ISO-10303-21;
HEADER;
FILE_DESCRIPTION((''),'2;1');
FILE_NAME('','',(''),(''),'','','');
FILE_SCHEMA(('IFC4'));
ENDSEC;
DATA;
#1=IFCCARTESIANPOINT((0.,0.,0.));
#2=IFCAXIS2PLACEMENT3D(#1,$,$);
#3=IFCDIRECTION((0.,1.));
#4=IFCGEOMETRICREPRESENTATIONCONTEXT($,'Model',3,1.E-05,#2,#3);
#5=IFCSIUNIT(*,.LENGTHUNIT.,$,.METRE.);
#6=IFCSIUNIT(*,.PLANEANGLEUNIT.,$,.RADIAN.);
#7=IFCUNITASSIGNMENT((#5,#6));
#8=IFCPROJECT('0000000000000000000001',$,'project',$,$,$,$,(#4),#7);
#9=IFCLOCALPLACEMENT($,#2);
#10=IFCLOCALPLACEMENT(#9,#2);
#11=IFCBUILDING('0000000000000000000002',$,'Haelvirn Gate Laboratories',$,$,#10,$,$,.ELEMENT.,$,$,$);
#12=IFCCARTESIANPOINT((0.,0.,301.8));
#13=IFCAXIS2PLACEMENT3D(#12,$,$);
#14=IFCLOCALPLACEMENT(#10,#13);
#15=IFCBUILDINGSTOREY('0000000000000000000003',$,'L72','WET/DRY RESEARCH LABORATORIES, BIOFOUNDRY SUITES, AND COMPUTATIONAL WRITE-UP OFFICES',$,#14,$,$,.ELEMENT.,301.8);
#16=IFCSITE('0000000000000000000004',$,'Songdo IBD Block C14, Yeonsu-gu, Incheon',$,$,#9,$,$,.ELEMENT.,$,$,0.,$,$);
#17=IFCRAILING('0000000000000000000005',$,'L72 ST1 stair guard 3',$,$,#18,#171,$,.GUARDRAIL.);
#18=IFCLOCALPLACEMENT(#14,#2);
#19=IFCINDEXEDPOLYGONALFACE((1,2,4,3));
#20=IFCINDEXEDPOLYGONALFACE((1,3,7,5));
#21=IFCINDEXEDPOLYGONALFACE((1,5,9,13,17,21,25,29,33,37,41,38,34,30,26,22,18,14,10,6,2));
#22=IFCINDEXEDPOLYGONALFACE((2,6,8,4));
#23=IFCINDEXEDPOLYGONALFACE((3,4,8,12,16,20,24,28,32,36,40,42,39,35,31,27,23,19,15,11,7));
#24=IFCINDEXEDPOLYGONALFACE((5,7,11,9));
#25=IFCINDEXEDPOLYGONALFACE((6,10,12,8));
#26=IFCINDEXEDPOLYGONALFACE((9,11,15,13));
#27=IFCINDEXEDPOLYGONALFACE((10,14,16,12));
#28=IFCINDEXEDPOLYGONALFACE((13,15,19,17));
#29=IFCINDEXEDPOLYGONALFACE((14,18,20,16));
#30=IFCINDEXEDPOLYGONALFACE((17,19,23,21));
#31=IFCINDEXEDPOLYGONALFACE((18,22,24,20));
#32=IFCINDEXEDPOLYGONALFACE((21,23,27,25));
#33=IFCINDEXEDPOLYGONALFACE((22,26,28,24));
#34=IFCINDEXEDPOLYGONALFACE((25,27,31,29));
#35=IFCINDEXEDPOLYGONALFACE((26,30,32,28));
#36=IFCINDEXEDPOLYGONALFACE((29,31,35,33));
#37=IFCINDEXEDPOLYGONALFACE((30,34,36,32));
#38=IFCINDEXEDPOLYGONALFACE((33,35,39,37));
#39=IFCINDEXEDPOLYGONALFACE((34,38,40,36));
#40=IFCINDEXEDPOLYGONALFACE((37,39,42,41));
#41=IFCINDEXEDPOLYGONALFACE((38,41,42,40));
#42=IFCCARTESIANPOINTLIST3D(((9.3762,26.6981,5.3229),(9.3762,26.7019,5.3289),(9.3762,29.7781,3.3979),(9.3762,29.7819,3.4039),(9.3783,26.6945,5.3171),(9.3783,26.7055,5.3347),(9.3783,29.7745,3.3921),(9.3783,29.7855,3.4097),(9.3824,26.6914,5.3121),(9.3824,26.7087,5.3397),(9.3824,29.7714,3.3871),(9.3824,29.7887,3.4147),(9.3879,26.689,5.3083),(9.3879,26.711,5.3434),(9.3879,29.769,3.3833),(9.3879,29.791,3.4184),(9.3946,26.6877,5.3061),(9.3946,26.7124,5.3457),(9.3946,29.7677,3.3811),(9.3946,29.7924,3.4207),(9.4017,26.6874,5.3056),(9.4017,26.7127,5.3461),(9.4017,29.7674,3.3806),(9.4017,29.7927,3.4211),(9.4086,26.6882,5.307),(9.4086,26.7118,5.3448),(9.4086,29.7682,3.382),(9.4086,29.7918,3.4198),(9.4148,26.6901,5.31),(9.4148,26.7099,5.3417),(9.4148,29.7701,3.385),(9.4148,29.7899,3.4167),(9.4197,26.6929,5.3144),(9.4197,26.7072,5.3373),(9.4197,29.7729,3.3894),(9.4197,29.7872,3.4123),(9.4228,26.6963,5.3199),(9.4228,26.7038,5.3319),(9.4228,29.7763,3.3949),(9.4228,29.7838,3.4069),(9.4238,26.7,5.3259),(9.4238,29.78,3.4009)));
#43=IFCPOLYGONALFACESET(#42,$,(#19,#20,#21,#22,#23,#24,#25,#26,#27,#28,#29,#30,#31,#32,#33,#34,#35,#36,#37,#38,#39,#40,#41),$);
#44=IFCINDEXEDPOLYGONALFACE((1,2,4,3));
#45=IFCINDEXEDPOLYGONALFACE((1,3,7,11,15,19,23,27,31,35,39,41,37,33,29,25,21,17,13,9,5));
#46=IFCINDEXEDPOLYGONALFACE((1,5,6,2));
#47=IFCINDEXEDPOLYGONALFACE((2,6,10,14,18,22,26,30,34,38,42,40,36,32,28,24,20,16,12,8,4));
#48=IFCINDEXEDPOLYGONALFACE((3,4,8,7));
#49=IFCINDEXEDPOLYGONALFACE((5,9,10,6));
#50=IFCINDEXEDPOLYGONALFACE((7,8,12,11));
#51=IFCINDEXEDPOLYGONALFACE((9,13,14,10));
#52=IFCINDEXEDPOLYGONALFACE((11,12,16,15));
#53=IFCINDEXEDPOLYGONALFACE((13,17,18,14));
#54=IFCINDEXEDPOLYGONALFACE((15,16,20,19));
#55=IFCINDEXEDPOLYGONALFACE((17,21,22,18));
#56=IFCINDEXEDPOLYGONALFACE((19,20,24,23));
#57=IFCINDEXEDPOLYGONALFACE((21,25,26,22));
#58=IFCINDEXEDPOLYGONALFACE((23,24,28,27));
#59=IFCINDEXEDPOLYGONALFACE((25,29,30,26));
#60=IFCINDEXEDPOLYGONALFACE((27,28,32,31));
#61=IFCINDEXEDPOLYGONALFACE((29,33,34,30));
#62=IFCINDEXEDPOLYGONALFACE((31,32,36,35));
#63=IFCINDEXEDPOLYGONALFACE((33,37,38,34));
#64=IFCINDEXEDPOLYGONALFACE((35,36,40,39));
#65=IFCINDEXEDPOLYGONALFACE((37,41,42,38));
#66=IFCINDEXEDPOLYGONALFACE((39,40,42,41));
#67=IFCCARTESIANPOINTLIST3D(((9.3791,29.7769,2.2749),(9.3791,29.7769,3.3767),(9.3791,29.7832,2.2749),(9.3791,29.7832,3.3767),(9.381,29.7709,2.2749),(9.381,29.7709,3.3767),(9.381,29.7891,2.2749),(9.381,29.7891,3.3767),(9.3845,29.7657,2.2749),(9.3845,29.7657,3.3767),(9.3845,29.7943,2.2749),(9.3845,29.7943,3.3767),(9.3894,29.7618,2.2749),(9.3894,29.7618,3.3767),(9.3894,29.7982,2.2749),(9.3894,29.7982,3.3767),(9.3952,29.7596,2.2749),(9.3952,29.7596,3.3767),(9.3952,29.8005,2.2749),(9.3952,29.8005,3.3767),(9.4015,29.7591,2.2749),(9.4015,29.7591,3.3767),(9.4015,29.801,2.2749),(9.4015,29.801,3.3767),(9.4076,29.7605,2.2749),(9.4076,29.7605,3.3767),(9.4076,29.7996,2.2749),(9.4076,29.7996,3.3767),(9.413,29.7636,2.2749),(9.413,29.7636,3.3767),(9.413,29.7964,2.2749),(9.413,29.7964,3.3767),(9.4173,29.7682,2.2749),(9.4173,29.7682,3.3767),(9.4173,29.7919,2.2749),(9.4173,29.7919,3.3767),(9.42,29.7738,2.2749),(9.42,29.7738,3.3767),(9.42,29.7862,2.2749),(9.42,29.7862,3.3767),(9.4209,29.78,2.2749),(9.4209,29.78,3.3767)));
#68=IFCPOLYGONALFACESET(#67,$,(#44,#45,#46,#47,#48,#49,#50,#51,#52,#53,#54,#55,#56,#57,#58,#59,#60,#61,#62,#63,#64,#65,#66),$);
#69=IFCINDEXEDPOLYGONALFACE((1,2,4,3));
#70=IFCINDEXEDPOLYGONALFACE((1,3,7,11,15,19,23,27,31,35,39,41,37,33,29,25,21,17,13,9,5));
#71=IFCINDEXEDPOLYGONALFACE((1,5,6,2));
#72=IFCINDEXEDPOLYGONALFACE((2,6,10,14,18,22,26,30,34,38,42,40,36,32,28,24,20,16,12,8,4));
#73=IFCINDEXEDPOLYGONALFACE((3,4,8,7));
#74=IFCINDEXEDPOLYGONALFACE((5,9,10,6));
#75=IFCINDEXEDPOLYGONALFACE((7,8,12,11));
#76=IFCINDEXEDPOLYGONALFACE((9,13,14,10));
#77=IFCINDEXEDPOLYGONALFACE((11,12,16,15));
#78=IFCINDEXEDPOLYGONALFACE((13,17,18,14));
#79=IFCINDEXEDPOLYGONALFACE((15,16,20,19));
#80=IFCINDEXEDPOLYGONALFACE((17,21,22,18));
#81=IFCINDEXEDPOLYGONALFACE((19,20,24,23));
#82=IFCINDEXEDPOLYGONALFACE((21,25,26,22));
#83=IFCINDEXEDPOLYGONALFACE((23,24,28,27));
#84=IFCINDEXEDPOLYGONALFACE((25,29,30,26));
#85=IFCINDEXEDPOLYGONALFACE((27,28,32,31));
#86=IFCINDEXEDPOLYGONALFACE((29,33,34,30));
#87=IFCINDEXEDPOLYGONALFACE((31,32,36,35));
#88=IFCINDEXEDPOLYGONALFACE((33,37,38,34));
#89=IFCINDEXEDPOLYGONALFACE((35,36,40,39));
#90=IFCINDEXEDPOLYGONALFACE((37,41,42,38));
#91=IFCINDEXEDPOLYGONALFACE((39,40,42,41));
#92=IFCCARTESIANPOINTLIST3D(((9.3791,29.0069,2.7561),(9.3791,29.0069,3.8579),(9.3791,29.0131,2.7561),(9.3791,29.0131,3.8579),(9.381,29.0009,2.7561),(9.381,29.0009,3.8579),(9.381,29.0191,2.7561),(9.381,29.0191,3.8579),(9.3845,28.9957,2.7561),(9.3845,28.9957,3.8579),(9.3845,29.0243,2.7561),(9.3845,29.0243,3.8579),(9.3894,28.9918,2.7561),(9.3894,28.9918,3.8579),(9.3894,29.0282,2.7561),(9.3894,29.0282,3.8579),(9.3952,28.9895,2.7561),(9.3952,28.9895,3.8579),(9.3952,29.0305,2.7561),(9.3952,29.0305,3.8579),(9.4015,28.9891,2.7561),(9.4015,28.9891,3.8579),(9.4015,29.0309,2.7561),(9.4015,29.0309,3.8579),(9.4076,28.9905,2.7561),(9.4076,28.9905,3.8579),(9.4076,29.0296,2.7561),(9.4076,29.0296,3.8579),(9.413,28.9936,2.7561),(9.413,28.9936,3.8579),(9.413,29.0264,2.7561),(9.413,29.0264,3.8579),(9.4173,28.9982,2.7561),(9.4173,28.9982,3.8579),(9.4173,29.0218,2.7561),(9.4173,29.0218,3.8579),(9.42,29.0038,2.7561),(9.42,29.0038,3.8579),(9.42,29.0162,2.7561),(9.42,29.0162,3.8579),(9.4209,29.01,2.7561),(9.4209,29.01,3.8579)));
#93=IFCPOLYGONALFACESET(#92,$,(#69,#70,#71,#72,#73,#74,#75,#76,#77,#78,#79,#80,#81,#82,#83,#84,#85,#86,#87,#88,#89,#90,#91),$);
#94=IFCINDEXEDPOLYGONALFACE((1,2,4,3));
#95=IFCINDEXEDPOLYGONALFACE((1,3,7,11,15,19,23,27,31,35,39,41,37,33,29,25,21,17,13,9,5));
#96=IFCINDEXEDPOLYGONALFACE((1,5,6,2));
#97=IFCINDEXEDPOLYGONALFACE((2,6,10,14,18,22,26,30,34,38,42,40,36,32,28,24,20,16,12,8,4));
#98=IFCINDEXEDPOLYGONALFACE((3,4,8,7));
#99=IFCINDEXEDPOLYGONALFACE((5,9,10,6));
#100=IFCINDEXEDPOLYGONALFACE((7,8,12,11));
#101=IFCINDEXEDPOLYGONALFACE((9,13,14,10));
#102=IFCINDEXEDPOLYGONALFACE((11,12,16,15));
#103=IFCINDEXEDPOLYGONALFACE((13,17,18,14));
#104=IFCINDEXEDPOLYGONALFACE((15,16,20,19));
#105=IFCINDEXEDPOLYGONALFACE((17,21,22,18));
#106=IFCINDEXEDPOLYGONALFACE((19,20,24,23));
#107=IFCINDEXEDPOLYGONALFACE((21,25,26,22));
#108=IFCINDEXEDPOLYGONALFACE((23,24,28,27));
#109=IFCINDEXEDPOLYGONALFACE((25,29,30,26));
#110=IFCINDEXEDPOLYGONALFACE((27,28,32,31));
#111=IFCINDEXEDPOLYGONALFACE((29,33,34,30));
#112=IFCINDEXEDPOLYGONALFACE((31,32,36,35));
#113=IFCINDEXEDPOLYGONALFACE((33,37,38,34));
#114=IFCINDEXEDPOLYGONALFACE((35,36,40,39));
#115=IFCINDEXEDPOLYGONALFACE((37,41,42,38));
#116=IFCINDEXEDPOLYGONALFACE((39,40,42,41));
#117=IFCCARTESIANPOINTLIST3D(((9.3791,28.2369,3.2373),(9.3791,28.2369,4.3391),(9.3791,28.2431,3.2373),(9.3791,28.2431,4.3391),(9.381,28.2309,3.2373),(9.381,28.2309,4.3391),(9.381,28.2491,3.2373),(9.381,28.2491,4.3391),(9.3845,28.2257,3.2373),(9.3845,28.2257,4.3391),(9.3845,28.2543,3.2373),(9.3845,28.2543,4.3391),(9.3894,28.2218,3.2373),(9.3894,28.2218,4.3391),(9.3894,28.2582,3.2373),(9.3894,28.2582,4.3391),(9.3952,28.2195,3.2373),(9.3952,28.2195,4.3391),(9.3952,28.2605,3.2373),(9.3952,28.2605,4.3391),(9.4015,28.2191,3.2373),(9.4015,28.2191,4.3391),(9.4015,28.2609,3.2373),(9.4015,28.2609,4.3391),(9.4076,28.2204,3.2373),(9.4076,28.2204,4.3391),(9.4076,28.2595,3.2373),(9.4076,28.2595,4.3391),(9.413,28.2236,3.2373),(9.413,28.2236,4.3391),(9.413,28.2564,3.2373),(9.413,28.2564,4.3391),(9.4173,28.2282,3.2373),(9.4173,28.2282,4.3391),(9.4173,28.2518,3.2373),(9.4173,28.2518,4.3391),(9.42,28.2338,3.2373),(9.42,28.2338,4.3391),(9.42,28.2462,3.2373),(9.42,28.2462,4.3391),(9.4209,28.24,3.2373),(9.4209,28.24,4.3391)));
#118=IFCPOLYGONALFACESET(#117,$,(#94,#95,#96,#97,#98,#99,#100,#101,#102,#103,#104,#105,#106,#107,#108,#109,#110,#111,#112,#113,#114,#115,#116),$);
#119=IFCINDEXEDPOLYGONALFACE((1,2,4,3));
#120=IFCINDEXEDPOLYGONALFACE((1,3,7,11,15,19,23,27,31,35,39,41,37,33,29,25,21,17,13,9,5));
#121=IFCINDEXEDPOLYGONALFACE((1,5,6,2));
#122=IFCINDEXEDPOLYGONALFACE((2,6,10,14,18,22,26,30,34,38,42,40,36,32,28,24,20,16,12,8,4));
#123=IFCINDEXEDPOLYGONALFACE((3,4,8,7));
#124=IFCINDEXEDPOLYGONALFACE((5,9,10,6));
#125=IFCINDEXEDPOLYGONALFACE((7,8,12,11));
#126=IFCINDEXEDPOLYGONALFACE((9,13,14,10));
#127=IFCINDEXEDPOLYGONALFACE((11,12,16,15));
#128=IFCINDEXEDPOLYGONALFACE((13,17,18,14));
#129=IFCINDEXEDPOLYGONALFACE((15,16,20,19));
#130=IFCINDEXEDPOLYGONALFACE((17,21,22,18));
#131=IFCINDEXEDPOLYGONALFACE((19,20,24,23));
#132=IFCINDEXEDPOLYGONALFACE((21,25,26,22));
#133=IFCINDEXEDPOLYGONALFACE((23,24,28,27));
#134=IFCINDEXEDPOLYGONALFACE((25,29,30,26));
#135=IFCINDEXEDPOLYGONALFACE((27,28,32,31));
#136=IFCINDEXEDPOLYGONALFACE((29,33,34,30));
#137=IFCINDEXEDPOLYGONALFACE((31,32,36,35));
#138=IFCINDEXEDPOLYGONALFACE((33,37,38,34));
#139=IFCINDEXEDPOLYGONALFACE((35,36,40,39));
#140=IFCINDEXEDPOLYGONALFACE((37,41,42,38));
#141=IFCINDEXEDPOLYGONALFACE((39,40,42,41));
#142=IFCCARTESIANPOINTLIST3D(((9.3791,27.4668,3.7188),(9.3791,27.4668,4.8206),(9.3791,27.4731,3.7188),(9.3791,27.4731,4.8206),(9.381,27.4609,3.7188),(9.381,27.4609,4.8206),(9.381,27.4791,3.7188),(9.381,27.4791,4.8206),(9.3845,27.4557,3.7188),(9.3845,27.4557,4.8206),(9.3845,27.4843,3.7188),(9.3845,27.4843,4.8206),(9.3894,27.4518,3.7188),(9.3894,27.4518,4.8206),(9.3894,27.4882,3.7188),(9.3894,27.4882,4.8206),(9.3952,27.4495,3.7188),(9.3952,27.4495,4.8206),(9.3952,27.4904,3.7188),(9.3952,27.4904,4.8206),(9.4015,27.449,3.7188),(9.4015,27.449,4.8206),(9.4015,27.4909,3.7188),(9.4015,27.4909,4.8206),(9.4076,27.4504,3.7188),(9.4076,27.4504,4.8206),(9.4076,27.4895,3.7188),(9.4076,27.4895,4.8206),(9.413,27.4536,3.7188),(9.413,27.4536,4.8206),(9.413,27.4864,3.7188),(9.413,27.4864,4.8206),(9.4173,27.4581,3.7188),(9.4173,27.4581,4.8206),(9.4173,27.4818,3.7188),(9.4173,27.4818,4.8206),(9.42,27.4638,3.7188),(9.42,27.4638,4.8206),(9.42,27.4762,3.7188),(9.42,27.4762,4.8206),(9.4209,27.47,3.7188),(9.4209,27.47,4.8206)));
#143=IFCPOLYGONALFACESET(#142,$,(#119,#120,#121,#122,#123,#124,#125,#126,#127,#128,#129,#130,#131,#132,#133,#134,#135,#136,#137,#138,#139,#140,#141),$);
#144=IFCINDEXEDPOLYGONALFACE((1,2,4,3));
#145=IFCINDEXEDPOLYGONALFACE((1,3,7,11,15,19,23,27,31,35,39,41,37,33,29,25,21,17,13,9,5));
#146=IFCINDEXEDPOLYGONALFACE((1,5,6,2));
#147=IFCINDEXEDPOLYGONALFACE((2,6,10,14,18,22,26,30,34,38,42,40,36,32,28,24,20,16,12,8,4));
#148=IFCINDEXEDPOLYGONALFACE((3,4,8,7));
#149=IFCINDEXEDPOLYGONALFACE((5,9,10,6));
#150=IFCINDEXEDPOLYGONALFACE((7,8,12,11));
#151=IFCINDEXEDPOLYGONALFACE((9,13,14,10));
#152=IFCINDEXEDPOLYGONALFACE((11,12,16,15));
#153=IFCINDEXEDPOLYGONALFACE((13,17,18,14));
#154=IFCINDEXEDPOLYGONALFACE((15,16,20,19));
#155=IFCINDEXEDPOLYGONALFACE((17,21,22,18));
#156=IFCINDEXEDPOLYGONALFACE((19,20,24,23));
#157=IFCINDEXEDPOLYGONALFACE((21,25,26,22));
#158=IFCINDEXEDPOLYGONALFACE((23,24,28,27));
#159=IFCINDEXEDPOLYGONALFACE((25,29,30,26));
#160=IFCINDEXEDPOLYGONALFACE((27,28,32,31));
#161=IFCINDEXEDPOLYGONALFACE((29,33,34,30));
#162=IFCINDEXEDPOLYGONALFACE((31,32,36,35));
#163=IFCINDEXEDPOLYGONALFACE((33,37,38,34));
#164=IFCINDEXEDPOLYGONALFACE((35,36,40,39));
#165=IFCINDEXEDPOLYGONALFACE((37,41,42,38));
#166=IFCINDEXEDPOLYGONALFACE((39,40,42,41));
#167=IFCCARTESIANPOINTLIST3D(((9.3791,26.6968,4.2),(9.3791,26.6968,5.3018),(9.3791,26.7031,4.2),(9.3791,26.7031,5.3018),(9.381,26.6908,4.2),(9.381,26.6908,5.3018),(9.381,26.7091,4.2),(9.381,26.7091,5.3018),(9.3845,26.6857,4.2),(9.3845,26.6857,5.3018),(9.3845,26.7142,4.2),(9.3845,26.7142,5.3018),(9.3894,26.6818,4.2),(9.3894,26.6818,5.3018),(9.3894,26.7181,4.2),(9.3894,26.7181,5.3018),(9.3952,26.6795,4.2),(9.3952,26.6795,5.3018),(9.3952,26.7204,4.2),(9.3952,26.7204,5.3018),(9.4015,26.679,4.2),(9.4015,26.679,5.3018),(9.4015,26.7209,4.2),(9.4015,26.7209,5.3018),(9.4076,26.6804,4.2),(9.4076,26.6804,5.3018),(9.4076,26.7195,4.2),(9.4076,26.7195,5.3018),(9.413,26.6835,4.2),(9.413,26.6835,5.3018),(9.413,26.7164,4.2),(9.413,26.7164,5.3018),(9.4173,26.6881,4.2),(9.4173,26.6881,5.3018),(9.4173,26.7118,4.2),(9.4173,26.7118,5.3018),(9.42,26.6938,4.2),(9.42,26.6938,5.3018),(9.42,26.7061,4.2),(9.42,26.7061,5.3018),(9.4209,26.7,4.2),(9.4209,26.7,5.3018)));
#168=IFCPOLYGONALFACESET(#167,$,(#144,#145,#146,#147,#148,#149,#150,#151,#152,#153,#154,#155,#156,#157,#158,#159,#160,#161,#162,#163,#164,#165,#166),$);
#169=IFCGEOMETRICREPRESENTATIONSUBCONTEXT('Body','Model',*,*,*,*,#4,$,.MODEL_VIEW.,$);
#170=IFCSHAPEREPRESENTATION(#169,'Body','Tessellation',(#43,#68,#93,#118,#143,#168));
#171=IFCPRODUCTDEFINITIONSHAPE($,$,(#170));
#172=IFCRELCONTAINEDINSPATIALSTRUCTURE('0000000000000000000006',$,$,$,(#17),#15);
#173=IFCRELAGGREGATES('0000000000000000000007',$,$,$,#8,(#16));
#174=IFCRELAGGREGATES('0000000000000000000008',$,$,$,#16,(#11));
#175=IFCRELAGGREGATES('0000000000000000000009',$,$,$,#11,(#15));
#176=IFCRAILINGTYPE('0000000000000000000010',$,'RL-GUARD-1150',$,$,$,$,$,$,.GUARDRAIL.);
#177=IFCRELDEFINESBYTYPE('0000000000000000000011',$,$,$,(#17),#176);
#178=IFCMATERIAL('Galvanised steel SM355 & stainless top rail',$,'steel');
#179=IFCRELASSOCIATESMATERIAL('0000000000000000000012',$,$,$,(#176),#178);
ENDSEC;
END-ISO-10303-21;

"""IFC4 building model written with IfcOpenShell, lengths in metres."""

from ifc_helpers import new_model, si_unit, direction, frame, origin, origin_2d, place, context, subcontext, project, spatial, circle, extrude, source, transform, mapped, material, type_object, element, save


model = new_model("IFC4")

# Units and contexts
model_context = context("Model", 3, precision=1e-05, world=origin(), true_north=direction((0.0, 1.0)))
body_context = subcontext(model_context, "Body", "Model", "MODEL_VIEW")
ifc_project = project(units=[si_unit("LENGTHUNIT", "METRE"), si_unit("PLANEANGLEUNIT", "RADIAN")], contexts=[model_context])

# Site, building, storey
site_placement = place(None, origin())
site = spatial("IfcSite", under=ifc_project, at=site_placement, Name="Songdo IBD Block C14, Yeonsu-gu, Incheon", CompositionType="ELEMENT", RefElevation=0.0)
building_placement = place(site_placement, origin())
building = spatial("IfcBuilding", under=site, at=building_placement, Name="Haelvirn Gate Laboratories", CompositionType="ELEMENT")
storey_placement = place(building_placement, frame((0.0, 0.0, 301.8)))
storey = spatial("IfcBuildingStorey", under=building, at=storey_placement, Name="L72", Description="WET/DRY RESEARCH LABORATORIES, BIOFOUNDRY SUITES, AND COMPUTATIONAL WRITE-UP OFFICES", CompositionType="ELEMENT", Elevation=301.8)

# Railing
ifc_material_1 = material(Name="Galvanised steel SM355 & stainless top rail", Category="steel")
railing_type_1 = type_object("IfcRailingType", Name="RL-GUARD-1150", PredefinedType="GUARDRAIL", material=ifc_material_1)
shared_shape_1 = source(origin(), body_context, "Body", "SweptSolid", [
    extrude(circle(Radius=0.0239, at=origin_2d()), frame((0.0, 0.0, 1.126), z_axis=(0.0, -0.847998, 0.529999), x_axis=(1.0, 0.0, 0.0)), (0.0, 0.0, 1.0), 3.6321),
    extrude(circle(Radius=0.021, at=origin_2d()), origin(), (0.0, 0.0, 1.0), 1.1018),
    extrude(circle(Radius=0.021, at=origin_2d()), frame((0.0, -0.77, 0.4812)), (0.0, 0.0, 1.0), 1.1018),
    extrude(circle(Radius=0.021, at=origin_2d()), frame((0.0, -1.54, 0.9624)), (0.0, 0.0, 1.0), 1.1018),
    extrude(circle(Radius=0.021, at=origin_2d()), frame((0.0, -2.3101, 1.4438)), (0.0, 0.0, 1.0), 1.1018),
    extrude(circle(Radius=0.021, at=origin_2d()), frame((0.0, -3.0801, 1.925)), (0.0, 0.0, 1.0), 1.1018),
])
railing_1_placement = place(storey_placement, frame((9.3999, 29.78, 2.2749)))
element("IfcRailing", 1, at=railing_1_placement, inside=storey, type_object=railing_type_1, Name="L72 ST1 stair guard 3", PredefinedType="GUARDRAIL", context=body_context, shape_type="MappedRepresentation", body=[
    mapped(shared_shape_1, transform((0.0, 0.0, 0.0), scale=1.0)),
])

save(model, "model.ifc")
